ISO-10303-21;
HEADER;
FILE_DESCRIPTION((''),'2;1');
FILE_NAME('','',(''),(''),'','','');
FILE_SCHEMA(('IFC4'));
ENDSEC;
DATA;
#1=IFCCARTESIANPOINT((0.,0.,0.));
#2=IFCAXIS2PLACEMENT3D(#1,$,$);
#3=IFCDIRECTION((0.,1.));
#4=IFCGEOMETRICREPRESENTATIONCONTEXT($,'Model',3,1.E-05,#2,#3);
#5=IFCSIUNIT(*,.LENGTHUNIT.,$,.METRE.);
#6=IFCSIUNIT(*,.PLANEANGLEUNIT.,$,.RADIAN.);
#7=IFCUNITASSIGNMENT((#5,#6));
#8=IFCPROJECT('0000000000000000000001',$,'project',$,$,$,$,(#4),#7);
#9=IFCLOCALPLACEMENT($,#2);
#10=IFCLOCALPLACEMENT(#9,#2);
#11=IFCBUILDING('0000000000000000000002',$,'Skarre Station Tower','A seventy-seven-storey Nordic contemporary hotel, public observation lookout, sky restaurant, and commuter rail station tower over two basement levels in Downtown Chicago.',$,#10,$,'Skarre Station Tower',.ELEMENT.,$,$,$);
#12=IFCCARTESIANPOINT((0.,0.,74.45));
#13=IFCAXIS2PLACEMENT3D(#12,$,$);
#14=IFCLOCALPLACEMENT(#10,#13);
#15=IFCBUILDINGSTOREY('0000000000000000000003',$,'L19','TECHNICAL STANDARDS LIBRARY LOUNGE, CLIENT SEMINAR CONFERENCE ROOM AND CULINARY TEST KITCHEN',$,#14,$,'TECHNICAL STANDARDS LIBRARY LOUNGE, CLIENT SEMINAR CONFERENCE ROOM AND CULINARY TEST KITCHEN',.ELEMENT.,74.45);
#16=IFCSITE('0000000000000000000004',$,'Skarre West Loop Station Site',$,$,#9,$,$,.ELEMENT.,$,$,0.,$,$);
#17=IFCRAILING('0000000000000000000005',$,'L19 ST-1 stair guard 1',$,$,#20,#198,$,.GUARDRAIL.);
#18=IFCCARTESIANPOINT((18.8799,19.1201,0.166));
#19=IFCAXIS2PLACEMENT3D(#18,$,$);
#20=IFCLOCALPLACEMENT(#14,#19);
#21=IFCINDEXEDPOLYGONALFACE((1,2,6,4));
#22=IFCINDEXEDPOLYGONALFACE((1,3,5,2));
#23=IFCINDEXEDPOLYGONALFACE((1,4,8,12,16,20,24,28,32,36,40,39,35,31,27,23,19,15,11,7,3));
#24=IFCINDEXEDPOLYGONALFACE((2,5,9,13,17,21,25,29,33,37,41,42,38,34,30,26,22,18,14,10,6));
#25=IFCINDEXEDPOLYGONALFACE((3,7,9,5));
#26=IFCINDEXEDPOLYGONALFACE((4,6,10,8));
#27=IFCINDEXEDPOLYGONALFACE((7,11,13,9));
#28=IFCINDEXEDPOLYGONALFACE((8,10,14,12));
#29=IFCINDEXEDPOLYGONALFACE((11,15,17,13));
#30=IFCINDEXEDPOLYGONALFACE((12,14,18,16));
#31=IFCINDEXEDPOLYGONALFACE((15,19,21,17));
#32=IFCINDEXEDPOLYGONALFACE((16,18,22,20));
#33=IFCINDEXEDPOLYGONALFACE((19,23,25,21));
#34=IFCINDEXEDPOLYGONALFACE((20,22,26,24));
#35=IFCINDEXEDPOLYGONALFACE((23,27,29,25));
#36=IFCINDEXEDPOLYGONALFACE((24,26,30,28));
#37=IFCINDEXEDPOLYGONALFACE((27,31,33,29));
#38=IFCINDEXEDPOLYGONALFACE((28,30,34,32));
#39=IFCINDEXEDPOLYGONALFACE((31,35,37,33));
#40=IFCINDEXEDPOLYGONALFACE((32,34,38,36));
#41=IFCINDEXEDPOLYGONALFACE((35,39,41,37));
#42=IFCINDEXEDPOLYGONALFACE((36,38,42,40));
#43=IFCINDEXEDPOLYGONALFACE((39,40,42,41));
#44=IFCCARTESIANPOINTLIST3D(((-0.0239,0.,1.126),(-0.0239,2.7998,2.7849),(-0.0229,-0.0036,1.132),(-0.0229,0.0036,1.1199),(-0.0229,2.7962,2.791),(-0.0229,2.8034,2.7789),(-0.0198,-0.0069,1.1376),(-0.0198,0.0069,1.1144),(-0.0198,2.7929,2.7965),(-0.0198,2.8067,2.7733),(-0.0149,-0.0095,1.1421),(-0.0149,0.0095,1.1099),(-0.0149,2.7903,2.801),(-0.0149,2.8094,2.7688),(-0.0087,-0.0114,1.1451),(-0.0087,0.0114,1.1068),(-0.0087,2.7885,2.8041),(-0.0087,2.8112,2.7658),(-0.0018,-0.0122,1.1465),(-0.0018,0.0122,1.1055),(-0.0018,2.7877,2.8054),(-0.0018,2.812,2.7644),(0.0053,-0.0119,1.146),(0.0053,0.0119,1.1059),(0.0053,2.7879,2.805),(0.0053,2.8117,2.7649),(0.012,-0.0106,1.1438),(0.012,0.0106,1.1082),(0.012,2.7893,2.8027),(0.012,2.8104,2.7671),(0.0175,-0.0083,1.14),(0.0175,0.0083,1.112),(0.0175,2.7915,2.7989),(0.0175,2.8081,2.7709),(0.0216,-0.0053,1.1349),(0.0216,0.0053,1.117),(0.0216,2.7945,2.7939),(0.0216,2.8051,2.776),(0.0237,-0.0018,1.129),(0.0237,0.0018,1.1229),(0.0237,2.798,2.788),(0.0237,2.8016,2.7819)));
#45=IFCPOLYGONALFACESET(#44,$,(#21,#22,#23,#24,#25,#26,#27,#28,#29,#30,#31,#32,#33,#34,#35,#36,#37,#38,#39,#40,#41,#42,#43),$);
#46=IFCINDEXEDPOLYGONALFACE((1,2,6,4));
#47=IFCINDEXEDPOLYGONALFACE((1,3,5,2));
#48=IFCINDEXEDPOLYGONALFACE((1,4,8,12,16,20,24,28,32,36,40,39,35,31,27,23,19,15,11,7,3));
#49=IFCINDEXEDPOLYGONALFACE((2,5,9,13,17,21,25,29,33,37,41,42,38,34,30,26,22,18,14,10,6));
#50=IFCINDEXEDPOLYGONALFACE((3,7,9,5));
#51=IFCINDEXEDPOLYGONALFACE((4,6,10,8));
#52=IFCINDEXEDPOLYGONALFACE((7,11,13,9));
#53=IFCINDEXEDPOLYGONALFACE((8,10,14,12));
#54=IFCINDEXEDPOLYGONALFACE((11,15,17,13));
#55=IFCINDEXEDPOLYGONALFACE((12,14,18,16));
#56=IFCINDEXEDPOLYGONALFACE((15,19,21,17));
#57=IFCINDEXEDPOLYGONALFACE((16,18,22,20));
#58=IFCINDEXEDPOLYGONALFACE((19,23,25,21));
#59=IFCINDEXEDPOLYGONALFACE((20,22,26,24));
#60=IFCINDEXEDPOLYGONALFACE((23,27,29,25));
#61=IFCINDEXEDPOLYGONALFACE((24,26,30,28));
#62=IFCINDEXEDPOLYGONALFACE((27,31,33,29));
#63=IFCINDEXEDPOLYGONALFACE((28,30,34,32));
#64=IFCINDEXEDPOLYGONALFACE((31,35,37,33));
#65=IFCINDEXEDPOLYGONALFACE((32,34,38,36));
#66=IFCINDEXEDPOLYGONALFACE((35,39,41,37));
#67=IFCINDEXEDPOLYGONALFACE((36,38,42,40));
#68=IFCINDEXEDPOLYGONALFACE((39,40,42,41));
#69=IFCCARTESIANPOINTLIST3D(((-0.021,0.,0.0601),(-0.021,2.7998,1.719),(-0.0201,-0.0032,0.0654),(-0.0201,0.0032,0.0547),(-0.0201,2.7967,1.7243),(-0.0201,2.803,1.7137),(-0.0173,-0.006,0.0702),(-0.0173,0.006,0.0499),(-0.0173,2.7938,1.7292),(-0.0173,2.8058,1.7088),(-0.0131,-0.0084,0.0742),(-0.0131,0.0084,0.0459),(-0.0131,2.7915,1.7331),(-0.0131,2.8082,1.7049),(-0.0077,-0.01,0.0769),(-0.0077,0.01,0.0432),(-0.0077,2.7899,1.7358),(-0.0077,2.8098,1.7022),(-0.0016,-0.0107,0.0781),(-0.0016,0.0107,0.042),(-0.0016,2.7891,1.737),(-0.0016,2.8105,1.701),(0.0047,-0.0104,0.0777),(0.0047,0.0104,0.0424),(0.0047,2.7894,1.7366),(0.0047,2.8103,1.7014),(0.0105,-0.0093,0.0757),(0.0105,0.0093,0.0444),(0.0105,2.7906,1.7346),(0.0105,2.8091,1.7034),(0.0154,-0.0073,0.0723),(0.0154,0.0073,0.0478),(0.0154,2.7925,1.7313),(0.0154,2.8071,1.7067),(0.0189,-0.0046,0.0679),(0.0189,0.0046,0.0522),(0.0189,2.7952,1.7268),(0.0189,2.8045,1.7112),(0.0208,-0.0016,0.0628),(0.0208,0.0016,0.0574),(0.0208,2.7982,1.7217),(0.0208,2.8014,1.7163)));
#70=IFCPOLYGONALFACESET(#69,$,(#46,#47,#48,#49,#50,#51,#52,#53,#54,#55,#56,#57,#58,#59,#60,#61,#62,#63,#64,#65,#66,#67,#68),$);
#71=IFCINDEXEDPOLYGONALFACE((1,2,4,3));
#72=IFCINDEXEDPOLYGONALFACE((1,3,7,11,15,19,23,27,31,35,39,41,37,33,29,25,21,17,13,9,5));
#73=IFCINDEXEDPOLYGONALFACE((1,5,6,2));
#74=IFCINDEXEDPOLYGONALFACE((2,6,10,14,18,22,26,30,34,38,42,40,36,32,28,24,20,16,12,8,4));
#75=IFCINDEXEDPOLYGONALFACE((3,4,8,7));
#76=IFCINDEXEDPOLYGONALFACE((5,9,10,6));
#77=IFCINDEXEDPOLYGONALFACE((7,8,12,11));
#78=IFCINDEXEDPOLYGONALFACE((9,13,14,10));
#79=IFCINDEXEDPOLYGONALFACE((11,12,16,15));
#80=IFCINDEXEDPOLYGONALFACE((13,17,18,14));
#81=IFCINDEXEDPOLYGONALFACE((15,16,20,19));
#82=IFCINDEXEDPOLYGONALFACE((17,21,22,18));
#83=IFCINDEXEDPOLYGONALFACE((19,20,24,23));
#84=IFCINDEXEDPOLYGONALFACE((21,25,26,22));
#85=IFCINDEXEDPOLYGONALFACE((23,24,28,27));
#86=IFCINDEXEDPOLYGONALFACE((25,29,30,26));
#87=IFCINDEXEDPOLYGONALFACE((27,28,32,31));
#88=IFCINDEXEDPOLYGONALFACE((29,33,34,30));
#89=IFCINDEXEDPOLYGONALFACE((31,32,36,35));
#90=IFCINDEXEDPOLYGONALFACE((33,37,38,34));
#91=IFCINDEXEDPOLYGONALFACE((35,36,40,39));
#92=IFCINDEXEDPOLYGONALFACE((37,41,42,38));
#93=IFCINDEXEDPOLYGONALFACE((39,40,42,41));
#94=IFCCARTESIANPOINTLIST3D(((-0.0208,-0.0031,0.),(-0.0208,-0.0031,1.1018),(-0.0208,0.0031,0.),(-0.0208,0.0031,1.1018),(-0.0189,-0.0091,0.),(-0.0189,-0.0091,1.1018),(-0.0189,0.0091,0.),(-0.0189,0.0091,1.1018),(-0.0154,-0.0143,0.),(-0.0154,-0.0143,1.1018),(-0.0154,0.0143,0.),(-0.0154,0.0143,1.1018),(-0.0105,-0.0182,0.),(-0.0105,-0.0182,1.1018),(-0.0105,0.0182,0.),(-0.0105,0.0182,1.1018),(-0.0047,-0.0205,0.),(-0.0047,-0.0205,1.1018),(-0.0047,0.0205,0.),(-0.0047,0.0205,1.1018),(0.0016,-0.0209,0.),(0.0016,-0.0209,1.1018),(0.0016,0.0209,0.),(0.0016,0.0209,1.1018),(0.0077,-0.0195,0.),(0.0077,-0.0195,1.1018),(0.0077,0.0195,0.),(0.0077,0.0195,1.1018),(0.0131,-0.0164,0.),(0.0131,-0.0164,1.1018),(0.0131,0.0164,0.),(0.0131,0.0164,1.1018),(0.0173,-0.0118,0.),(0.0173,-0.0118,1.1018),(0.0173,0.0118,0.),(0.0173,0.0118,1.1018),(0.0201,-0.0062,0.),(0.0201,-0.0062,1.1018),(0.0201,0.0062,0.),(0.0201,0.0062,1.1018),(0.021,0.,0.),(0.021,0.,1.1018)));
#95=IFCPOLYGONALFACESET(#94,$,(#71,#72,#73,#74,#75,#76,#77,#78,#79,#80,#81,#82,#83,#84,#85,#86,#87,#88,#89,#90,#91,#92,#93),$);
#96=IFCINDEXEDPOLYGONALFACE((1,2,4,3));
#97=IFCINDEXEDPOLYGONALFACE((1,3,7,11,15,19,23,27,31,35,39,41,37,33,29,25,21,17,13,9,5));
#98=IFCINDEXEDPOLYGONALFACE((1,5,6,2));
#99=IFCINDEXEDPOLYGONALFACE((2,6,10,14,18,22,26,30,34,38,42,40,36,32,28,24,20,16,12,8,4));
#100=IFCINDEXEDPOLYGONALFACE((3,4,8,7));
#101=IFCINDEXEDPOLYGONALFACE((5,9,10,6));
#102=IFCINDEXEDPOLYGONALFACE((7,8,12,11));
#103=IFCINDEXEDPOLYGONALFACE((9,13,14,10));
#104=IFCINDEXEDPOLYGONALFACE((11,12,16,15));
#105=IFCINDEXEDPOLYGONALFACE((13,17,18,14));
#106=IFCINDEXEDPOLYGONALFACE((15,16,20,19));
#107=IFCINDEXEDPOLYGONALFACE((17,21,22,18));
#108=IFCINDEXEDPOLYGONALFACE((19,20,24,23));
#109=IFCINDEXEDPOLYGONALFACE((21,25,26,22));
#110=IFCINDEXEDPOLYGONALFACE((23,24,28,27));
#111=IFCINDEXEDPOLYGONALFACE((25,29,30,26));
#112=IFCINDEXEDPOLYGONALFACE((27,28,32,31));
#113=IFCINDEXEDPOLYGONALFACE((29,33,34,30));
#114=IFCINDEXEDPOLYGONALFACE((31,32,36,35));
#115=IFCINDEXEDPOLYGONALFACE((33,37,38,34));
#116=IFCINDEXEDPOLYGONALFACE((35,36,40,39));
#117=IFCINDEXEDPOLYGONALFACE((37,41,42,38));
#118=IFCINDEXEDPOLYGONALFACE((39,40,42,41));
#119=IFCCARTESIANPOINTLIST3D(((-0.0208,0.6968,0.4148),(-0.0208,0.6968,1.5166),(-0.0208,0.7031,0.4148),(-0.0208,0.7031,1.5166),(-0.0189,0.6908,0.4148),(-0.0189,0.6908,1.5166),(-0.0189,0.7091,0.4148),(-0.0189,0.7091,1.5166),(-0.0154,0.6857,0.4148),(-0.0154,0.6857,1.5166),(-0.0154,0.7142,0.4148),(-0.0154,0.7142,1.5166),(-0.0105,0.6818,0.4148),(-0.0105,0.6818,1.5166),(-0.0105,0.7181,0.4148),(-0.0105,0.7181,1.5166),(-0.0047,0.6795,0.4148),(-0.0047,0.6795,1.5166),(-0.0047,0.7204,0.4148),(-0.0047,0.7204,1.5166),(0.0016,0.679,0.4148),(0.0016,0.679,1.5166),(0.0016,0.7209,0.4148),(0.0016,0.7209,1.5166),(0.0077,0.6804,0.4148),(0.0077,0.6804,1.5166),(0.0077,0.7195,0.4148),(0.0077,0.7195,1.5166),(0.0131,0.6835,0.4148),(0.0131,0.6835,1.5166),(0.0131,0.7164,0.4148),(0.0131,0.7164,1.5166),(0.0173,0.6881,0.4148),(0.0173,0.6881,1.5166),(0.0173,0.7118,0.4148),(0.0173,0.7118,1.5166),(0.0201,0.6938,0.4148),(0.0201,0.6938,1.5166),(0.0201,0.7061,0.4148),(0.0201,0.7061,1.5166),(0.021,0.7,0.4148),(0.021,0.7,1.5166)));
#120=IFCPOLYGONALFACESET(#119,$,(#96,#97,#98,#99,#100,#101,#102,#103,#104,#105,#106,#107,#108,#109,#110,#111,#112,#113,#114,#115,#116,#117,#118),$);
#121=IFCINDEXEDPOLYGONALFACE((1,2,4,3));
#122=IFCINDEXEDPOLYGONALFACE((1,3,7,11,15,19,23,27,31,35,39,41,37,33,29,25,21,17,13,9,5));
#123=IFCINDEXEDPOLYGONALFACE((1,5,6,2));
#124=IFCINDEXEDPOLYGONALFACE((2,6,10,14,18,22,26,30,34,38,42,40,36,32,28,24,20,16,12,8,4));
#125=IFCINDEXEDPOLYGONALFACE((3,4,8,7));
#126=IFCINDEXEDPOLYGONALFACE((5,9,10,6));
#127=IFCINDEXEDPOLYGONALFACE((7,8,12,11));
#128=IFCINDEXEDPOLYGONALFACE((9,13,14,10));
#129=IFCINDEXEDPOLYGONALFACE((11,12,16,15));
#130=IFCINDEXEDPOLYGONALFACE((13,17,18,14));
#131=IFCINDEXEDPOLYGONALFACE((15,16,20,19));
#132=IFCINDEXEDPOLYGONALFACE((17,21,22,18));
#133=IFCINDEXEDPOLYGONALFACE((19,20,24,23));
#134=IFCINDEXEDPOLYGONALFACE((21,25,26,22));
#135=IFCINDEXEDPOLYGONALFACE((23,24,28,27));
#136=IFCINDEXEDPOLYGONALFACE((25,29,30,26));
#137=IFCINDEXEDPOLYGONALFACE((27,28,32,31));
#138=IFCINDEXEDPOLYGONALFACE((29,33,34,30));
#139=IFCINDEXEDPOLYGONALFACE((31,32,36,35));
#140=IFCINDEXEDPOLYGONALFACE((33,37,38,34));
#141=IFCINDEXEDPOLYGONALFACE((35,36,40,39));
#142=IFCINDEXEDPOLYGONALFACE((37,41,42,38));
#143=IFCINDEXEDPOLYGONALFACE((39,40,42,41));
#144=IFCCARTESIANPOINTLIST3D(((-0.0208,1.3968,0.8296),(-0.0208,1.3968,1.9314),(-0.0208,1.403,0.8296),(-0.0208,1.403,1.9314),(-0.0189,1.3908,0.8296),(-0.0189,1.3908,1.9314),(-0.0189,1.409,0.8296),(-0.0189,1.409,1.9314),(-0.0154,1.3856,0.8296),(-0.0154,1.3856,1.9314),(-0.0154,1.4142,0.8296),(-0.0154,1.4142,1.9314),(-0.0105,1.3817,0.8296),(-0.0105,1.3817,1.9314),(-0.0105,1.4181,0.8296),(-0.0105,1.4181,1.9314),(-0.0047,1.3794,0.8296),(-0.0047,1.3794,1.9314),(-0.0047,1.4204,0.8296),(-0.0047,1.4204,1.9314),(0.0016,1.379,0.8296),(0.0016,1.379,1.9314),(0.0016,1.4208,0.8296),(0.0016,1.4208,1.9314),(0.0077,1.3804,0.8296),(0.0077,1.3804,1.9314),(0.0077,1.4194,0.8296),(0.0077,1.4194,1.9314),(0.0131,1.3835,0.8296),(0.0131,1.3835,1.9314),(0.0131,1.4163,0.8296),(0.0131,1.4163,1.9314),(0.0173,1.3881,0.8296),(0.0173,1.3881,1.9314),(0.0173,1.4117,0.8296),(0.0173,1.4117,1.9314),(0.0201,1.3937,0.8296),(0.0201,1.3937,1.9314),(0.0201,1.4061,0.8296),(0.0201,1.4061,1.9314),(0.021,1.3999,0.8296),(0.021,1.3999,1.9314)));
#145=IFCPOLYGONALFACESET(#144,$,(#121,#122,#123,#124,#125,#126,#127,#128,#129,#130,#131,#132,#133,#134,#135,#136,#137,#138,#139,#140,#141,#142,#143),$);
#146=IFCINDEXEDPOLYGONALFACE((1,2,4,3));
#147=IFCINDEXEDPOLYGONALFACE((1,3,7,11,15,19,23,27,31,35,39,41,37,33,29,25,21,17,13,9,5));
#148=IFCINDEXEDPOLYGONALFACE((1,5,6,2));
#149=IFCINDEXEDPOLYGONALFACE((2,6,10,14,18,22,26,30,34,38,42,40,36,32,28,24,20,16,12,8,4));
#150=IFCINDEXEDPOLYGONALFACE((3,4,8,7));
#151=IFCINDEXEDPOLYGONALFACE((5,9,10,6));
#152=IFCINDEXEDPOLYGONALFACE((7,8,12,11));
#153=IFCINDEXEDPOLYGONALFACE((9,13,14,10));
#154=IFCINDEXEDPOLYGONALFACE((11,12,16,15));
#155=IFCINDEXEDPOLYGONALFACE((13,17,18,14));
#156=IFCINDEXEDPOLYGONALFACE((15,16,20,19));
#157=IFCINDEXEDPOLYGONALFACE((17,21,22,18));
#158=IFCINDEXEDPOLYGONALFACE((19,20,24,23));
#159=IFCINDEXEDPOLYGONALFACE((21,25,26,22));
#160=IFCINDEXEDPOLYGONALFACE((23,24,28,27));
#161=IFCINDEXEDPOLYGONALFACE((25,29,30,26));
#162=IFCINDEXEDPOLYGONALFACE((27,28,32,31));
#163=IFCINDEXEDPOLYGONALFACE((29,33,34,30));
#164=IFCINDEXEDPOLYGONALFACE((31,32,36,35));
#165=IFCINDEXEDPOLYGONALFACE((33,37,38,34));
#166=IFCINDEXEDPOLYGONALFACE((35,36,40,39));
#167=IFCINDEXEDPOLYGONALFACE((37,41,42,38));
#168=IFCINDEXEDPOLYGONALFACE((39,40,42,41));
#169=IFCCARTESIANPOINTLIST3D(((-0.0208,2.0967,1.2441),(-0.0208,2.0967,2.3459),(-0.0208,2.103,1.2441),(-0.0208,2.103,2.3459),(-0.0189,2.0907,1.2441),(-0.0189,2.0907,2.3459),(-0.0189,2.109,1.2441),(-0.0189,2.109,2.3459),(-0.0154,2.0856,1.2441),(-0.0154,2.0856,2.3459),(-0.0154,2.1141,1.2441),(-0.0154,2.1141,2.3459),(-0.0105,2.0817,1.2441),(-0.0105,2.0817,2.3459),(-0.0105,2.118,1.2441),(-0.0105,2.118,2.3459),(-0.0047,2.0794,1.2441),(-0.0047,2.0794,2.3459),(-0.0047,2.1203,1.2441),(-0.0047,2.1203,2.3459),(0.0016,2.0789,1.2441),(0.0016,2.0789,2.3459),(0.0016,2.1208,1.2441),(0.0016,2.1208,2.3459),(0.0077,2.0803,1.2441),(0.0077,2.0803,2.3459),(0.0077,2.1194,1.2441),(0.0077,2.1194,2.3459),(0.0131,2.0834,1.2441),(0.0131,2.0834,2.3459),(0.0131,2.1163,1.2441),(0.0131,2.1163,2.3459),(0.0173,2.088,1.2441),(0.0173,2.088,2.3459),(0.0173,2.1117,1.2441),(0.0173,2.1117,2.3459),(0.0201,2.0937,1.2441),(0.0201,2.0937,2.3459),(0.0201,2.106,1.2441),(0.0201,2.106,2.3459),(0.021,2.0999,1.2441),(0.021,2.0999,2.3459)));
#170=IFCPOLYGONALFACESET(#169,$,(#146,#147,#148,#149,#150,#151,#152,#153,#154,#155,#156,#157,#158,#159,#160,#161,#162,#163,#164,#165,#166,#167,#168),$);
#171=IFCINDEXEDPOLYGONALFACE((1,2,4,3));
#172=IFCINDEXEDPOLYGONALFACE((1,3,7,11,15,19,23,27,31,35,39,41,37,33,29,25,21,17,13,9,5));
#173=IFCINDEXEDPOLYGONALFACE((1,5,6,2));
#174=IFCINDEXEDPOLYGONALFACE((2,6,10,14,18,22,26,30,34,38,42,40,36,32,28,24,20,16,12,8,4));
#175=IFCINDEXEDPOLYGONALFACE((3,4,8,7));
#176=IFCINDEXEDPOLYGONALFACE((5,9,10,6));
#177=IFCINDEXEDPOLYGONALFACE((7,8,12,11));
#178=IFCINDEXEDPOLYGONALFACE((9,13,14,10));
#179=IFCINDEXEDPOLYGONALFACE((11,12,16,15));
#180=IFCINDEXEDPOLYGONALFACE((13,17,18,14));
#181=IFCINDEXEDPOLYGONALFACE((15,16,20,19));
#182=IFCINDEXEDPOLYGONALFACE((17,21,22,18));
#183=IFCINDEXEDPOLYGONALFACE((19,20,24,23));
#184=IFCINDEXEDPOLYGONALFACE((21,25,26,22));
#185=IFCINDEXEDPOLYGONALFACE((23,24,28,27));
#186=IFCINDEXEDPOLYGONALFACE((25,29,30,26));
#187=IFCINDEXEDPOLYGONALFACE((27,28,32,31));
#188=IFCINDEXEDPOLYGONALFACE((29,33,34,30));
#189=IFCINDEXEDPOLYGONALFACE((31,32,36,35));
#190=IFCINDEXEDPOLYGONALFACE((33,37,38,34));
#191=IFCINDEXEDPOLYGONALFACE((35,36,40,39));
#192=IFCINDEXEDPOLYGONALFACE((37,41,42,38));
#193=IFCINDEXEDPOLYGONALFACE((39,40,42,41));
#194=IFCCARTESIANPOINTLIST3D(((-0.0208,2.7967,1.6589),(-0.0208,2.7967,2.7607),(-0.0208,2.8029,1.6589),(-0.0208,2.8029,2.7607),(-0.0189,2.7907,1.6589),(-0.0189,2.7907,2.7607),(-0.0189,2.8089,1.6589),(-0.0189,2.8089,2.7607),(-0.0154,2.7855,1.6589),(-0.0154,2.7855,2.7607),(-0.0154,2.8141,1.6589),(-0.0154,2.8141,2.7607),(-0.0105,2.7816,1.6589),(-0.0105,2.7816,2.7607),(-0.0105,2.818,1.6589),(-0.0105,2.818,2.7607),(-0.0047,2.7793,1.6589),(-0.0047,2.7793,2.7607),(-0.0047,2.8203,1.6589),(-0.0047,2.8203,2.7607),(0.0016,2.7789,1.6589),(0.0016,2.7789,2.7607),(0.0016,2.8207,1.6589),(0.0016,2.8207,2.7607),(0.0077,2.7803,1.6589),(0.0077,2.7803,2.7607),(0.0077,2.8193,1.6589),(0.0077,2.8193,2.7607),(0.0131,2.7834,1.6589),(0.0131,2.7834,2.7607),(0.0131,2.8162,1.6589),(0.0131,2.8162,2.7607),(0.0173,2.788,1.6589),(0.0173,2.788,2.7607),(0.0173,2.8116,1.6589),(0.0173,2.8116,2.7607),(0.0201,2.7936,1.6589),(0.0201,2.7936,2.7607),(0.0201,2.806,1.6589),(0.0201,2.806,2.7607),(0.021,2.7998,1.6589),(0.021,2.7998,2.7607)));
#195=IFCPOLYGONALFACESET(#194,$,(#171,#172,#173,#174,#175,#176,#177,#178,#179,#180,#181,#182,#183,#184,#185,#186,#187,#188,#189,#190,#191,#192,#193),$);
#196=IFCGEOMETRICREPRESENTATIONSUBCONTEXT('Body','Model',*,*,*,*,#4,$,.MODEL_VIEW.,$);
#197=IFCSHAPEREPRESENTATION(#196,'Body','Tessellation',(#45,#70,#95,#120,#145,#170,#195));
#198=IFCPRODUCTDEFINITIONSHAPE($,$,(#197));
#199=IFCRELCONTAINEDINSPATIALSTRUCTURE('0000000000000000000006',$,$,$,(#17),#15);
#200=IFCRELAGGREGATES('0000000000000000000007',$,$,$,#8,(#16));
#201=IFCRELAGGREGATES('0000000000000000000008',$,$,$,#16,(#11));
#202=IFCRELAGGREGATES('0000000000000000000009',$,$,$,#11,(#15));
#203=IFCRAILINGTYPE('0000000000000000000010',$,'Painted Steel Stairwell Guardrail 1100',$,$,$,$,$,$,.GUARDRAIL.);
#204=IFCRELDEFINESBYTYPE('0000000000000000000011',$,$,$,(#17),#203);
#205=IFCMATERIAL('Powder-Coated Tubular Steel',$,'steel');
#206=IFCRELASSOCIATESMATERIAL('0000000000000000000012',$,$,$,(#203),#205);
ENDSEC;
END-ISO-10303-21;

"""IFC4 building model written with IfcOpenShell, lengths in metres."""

from ifc_helpers import new_model, si_unit, direction, frame, origin, origin_2d, place, context, subcontext, project, spatial, circle, extrude, material, type_object, element, save


model = new_model("IFC4")

# Units and contexts
model_context = context("Model", 3, precision=1e-05, world=origin(), true_north=direction((0.0, 1.0)))
body_context = subcontext(model_context, "Body", "Model", "MODEL_VIEW")
ifc_project = project(units=[si_unit("LENGTHUNIT", "METRE"), si_unit("PLANEANGLEUNIT", "RADIAN")], contexts=[model_context])

# Site, building, storey
site_placement = place(None, origin())
site = spatial("IfcSite", under=ifc_project, at=site_placement, Name="Skarre West Loop Station Site", CompositionType="ELEMENT", RefElevation=0.0)
building_placement = place(site_placement, origin())
building = spatial("IfcBuilding", under=site, at=building_placement, Name="Skarre Station Tower", Description="A seventy-seven-storey Nordic contemporary hotel, public observation lookout, sky restaurant, and commuter rail station tower over two basement levels in Downtown Chicago.", LongName="Skarre Station Tower", CompositionType="ELEMENT")
storey_placement = place(building_placement, frame((0.0, 0.0, 74.45)))
storey = spatial("IfcBuildingStorey", under=building, at=storey_placement, Name="L19", Description="TECHNICAL STANDARDS LIBRARY LOUNGE, CLIENT SEMINAR CONFERENCE ROOM AND CULINARY TEST KITCHEN", LongName="TECHNICAL STANDARDS LIBRARY LOUNGE, CLIENT SEMINAR CONFERENCE ROOM AND CULINARY TEST KITCHEN", CompositionType="ELEMENT", Elevation=74.45)

# Railing
ifc_material_1 = material(Name="Powder-Coated Tubular Steel", Category="steel")
railing_type_1 = type_object("IfcRailingType", Name="Painted Steel Stairwell Guardrail 1100", PredefinedType="GUARDRAIL", material=ifc_material_1)
railing_1_placement = place(storey_placement, frame((18.8799, 19.1201, 0.166)))
element("IfcRailing", 1, at=railing_1_placement, inside=storey, type_object=railing_type_1, Name="L19 ST-1 stair guard 1", PredefinedType="GUARDRAIL", context=body_context, shape_type="SweptSolid", body=[
    extrude(circle(Radius=0.0239, at=origin_2d()), frame((0.0, 0.0, 1.126), z_axis=(0.0, 0.86032, 0.509755), x_axis=(-1.0, 0.0, 0.0)), (0.0, 0.0, 1.0), 3.2544),
    extrude(circle(Radius=0.021, at=origin_2d()), frame((0.0, 0.0, 0.0601), z_axis=(0.0, 0.86032, 0.509755), x_axis=(-1.0, 0.0, 0.0)), (0.0, 0.0, 1.0), 3.2544),
    extrude(circle(Radius=0.021, at=origin_2d()), origin(), (0.0, 0.0, 1.0), 1.1018),
    extrude(circle(Radius=0.021, at=origin_2d()), frame((0.0, 0.7, 0.4148)), (0.0, 0.0, 1.0), 1.1018),
    extrude(circle(Radius=0.021, at=origin_2d()), frame((0.0, 1.3999, 0.8296)), (0.0, 0.0, 1.0), 1.1018),
    extrude(circle(Radius=0.021, at=origin_2d()), frame((0.0, 2.0999, 1.2441)), (0.0, 0.0, 1.0), 1.1018),
    extrude(circle(Radius=0.021, at=origin_2d()), frame((0.0, 2.7998, 1.6589)), (0.0, 0.0, 1.0), 1.1018),
])

save(model, "model.ifc")
